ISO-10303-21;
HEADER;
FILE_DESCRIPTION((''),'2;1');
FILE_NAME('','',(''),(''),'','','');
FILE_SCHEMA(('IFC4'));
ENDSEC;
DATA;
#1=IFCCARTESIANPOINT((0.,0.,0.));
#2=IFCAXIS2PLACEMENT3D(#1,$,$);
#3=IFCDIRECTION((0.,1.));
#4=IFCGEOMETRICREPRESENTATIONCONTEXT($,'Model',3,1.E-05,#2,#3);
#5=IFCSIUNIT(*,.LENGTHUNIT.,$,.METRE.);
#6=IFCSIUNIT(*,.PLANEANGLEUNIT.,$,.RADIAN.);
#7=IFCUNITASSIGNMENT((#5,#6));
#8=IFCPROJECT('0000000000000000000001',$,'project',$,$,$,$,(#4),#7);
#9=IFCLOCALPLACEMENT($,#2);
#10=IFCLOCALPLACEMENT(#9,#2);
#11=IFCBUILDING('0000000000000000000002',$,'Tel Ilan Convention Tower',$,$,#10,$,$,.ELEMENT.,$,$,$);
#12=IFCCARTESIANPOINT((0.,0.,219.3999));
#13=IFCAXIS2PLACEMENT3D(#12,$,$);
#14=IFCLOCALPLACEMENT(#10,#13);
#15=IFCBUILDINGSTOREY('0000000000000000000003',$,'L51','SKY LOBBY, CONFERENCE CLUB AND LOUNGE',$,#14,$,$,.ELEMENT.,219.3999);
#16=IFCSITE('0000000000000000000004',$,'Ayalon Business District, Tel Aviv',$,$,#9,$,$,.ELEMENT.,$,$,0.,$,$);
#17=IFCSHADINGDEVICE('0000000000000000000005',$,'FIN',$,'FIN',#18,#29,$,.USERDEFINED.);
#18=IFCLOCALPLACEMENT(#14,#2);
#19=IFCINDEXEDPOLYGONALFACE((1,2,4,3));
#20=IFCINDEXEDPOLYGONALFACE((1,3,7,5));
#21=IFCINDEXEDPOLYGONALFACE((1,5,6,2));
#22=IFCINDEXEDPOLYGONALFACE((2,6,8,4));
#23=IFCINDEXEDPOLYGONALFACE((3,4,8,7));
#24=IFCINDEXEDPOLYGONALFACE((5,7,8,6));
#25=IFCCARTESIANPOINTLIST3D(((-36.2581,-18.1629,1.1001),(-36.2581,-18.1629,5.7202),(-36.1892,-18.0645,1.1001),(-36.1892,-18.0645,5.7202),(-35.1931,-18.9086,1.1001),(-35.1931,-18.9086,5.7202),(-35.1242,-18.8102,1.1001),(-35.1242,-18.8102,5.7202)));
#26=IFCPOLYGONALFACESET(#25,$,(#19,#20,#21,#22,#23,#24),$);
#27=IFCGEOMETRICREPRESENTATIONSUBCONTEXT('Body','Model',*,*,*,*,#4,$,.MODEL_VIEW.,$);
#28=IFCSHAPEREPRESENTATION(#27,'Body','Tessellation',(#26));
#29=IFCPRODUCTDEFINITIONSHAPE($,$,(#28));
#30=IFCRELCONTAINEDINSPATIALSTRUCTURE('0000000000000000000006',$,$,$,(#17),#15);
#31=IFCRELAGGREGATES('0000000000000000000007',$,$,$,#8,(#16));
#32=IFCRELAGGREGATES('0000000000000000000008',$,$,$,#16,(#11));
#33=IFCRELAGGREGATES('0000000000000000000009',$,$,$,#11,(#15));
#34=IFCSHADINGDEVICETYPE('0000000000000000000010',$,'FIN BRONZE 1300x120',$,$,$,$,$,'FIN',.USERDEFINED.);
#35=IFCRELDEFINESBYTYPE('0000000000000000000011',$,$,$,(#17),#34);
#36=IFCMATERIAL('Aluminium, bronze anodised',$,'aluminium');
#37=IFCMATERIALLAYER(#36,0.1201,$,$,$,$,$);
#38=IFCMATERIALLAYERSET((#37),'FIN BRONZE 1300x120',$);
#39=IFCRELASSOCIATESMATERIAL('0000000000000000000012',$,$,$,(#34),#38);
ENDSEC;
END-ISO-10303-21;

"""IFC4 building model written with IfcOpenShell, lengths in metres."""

from ifc_helpers import new_model, si_unit, direction, frame, origin, origin_2d, place, context, subcontext, project, spatial, rectangle, extrude, material, layer, layer_set, type_object, element, save


model = new_model("IFC4")

# Units and contexts
model_context = context("Model", 3, precision=1e-05, world=origin(), true_north=direction((0.0, 1.0)))
body_context = subcontext(model_context, "Body", "Model", "MODEL_VIEW")
ifc_project = project(units=[si_unit("LENGTHUNIT", "METRE"), si_unit("PLANEANGLEUNIT", "RADIAN")], contexts=[model_context])

# Site, building, storey
site_placement = place(None, origin())
site = spatial("IfcSite", under=ifc_project, at=site_placement, Name="Ayalon Business District, Tel Aviv", CompositionType="ELEMENT", RefElevation=0.0)
building_placement = place(site_placement, origin())
building = spatial("IfcBuilding", under=site, at=building_placement, Name="Tel Ilan Convention Tower", CompositionType="ELEMENT")
storey_placement = place(building_placement, frame((0.0, 0.0, 219.3999)))
storey = spatial("IfcBuildingStorey", under=building, at=storey_placement, Name="L51", Description="SKY LOBBY, CONFERENCE CLUB AND LOUNGE", CompositionType="ELEMENT", Elevation=219.3999)

# Shading device
ifc_material_1 = material(Name="Aluminium, bronze anodised", Category="aluminium")
ifc_layer_1 = layer(ifc_material_1, 0.1201)
ifc_layer_set_1 = layer_set([ifc_layer_1], Name="FIN BRONZE 1300x120")
shading_device_type = type_object("IfcShadingDeviceType", Name="FIN BRONZE 1300x120", ElementType="FIN", PredefinedType="USERDEFINED", material=ifc_layer_set_1)
for number, where, z_axis, x_axis, name in (
    (1, (-35.6912, -18.4866, 1.1001), (0.0, 0.0, 1.0), (-0.819152, 0.573576, 0.0), "FIN"),
):
    element("IfcShadingDevice", number, at=place(storey_placement, frame(where, z_axis=z_axis, x_axis=x_axis)), inside=storey, type_object=shading_device_type, Name=name, ObjectType="FIN", PredefinedType="USERDEFINED", context=body_context, shape_type="SweptSolid", body=[
        extrude(rectangle(XDim=1.3, YDim=0.1201, at=origin_2d()), origin(), (0.0, 0.0, 1.0), 4.6201),
    ])

save(model, "model.ifc")
